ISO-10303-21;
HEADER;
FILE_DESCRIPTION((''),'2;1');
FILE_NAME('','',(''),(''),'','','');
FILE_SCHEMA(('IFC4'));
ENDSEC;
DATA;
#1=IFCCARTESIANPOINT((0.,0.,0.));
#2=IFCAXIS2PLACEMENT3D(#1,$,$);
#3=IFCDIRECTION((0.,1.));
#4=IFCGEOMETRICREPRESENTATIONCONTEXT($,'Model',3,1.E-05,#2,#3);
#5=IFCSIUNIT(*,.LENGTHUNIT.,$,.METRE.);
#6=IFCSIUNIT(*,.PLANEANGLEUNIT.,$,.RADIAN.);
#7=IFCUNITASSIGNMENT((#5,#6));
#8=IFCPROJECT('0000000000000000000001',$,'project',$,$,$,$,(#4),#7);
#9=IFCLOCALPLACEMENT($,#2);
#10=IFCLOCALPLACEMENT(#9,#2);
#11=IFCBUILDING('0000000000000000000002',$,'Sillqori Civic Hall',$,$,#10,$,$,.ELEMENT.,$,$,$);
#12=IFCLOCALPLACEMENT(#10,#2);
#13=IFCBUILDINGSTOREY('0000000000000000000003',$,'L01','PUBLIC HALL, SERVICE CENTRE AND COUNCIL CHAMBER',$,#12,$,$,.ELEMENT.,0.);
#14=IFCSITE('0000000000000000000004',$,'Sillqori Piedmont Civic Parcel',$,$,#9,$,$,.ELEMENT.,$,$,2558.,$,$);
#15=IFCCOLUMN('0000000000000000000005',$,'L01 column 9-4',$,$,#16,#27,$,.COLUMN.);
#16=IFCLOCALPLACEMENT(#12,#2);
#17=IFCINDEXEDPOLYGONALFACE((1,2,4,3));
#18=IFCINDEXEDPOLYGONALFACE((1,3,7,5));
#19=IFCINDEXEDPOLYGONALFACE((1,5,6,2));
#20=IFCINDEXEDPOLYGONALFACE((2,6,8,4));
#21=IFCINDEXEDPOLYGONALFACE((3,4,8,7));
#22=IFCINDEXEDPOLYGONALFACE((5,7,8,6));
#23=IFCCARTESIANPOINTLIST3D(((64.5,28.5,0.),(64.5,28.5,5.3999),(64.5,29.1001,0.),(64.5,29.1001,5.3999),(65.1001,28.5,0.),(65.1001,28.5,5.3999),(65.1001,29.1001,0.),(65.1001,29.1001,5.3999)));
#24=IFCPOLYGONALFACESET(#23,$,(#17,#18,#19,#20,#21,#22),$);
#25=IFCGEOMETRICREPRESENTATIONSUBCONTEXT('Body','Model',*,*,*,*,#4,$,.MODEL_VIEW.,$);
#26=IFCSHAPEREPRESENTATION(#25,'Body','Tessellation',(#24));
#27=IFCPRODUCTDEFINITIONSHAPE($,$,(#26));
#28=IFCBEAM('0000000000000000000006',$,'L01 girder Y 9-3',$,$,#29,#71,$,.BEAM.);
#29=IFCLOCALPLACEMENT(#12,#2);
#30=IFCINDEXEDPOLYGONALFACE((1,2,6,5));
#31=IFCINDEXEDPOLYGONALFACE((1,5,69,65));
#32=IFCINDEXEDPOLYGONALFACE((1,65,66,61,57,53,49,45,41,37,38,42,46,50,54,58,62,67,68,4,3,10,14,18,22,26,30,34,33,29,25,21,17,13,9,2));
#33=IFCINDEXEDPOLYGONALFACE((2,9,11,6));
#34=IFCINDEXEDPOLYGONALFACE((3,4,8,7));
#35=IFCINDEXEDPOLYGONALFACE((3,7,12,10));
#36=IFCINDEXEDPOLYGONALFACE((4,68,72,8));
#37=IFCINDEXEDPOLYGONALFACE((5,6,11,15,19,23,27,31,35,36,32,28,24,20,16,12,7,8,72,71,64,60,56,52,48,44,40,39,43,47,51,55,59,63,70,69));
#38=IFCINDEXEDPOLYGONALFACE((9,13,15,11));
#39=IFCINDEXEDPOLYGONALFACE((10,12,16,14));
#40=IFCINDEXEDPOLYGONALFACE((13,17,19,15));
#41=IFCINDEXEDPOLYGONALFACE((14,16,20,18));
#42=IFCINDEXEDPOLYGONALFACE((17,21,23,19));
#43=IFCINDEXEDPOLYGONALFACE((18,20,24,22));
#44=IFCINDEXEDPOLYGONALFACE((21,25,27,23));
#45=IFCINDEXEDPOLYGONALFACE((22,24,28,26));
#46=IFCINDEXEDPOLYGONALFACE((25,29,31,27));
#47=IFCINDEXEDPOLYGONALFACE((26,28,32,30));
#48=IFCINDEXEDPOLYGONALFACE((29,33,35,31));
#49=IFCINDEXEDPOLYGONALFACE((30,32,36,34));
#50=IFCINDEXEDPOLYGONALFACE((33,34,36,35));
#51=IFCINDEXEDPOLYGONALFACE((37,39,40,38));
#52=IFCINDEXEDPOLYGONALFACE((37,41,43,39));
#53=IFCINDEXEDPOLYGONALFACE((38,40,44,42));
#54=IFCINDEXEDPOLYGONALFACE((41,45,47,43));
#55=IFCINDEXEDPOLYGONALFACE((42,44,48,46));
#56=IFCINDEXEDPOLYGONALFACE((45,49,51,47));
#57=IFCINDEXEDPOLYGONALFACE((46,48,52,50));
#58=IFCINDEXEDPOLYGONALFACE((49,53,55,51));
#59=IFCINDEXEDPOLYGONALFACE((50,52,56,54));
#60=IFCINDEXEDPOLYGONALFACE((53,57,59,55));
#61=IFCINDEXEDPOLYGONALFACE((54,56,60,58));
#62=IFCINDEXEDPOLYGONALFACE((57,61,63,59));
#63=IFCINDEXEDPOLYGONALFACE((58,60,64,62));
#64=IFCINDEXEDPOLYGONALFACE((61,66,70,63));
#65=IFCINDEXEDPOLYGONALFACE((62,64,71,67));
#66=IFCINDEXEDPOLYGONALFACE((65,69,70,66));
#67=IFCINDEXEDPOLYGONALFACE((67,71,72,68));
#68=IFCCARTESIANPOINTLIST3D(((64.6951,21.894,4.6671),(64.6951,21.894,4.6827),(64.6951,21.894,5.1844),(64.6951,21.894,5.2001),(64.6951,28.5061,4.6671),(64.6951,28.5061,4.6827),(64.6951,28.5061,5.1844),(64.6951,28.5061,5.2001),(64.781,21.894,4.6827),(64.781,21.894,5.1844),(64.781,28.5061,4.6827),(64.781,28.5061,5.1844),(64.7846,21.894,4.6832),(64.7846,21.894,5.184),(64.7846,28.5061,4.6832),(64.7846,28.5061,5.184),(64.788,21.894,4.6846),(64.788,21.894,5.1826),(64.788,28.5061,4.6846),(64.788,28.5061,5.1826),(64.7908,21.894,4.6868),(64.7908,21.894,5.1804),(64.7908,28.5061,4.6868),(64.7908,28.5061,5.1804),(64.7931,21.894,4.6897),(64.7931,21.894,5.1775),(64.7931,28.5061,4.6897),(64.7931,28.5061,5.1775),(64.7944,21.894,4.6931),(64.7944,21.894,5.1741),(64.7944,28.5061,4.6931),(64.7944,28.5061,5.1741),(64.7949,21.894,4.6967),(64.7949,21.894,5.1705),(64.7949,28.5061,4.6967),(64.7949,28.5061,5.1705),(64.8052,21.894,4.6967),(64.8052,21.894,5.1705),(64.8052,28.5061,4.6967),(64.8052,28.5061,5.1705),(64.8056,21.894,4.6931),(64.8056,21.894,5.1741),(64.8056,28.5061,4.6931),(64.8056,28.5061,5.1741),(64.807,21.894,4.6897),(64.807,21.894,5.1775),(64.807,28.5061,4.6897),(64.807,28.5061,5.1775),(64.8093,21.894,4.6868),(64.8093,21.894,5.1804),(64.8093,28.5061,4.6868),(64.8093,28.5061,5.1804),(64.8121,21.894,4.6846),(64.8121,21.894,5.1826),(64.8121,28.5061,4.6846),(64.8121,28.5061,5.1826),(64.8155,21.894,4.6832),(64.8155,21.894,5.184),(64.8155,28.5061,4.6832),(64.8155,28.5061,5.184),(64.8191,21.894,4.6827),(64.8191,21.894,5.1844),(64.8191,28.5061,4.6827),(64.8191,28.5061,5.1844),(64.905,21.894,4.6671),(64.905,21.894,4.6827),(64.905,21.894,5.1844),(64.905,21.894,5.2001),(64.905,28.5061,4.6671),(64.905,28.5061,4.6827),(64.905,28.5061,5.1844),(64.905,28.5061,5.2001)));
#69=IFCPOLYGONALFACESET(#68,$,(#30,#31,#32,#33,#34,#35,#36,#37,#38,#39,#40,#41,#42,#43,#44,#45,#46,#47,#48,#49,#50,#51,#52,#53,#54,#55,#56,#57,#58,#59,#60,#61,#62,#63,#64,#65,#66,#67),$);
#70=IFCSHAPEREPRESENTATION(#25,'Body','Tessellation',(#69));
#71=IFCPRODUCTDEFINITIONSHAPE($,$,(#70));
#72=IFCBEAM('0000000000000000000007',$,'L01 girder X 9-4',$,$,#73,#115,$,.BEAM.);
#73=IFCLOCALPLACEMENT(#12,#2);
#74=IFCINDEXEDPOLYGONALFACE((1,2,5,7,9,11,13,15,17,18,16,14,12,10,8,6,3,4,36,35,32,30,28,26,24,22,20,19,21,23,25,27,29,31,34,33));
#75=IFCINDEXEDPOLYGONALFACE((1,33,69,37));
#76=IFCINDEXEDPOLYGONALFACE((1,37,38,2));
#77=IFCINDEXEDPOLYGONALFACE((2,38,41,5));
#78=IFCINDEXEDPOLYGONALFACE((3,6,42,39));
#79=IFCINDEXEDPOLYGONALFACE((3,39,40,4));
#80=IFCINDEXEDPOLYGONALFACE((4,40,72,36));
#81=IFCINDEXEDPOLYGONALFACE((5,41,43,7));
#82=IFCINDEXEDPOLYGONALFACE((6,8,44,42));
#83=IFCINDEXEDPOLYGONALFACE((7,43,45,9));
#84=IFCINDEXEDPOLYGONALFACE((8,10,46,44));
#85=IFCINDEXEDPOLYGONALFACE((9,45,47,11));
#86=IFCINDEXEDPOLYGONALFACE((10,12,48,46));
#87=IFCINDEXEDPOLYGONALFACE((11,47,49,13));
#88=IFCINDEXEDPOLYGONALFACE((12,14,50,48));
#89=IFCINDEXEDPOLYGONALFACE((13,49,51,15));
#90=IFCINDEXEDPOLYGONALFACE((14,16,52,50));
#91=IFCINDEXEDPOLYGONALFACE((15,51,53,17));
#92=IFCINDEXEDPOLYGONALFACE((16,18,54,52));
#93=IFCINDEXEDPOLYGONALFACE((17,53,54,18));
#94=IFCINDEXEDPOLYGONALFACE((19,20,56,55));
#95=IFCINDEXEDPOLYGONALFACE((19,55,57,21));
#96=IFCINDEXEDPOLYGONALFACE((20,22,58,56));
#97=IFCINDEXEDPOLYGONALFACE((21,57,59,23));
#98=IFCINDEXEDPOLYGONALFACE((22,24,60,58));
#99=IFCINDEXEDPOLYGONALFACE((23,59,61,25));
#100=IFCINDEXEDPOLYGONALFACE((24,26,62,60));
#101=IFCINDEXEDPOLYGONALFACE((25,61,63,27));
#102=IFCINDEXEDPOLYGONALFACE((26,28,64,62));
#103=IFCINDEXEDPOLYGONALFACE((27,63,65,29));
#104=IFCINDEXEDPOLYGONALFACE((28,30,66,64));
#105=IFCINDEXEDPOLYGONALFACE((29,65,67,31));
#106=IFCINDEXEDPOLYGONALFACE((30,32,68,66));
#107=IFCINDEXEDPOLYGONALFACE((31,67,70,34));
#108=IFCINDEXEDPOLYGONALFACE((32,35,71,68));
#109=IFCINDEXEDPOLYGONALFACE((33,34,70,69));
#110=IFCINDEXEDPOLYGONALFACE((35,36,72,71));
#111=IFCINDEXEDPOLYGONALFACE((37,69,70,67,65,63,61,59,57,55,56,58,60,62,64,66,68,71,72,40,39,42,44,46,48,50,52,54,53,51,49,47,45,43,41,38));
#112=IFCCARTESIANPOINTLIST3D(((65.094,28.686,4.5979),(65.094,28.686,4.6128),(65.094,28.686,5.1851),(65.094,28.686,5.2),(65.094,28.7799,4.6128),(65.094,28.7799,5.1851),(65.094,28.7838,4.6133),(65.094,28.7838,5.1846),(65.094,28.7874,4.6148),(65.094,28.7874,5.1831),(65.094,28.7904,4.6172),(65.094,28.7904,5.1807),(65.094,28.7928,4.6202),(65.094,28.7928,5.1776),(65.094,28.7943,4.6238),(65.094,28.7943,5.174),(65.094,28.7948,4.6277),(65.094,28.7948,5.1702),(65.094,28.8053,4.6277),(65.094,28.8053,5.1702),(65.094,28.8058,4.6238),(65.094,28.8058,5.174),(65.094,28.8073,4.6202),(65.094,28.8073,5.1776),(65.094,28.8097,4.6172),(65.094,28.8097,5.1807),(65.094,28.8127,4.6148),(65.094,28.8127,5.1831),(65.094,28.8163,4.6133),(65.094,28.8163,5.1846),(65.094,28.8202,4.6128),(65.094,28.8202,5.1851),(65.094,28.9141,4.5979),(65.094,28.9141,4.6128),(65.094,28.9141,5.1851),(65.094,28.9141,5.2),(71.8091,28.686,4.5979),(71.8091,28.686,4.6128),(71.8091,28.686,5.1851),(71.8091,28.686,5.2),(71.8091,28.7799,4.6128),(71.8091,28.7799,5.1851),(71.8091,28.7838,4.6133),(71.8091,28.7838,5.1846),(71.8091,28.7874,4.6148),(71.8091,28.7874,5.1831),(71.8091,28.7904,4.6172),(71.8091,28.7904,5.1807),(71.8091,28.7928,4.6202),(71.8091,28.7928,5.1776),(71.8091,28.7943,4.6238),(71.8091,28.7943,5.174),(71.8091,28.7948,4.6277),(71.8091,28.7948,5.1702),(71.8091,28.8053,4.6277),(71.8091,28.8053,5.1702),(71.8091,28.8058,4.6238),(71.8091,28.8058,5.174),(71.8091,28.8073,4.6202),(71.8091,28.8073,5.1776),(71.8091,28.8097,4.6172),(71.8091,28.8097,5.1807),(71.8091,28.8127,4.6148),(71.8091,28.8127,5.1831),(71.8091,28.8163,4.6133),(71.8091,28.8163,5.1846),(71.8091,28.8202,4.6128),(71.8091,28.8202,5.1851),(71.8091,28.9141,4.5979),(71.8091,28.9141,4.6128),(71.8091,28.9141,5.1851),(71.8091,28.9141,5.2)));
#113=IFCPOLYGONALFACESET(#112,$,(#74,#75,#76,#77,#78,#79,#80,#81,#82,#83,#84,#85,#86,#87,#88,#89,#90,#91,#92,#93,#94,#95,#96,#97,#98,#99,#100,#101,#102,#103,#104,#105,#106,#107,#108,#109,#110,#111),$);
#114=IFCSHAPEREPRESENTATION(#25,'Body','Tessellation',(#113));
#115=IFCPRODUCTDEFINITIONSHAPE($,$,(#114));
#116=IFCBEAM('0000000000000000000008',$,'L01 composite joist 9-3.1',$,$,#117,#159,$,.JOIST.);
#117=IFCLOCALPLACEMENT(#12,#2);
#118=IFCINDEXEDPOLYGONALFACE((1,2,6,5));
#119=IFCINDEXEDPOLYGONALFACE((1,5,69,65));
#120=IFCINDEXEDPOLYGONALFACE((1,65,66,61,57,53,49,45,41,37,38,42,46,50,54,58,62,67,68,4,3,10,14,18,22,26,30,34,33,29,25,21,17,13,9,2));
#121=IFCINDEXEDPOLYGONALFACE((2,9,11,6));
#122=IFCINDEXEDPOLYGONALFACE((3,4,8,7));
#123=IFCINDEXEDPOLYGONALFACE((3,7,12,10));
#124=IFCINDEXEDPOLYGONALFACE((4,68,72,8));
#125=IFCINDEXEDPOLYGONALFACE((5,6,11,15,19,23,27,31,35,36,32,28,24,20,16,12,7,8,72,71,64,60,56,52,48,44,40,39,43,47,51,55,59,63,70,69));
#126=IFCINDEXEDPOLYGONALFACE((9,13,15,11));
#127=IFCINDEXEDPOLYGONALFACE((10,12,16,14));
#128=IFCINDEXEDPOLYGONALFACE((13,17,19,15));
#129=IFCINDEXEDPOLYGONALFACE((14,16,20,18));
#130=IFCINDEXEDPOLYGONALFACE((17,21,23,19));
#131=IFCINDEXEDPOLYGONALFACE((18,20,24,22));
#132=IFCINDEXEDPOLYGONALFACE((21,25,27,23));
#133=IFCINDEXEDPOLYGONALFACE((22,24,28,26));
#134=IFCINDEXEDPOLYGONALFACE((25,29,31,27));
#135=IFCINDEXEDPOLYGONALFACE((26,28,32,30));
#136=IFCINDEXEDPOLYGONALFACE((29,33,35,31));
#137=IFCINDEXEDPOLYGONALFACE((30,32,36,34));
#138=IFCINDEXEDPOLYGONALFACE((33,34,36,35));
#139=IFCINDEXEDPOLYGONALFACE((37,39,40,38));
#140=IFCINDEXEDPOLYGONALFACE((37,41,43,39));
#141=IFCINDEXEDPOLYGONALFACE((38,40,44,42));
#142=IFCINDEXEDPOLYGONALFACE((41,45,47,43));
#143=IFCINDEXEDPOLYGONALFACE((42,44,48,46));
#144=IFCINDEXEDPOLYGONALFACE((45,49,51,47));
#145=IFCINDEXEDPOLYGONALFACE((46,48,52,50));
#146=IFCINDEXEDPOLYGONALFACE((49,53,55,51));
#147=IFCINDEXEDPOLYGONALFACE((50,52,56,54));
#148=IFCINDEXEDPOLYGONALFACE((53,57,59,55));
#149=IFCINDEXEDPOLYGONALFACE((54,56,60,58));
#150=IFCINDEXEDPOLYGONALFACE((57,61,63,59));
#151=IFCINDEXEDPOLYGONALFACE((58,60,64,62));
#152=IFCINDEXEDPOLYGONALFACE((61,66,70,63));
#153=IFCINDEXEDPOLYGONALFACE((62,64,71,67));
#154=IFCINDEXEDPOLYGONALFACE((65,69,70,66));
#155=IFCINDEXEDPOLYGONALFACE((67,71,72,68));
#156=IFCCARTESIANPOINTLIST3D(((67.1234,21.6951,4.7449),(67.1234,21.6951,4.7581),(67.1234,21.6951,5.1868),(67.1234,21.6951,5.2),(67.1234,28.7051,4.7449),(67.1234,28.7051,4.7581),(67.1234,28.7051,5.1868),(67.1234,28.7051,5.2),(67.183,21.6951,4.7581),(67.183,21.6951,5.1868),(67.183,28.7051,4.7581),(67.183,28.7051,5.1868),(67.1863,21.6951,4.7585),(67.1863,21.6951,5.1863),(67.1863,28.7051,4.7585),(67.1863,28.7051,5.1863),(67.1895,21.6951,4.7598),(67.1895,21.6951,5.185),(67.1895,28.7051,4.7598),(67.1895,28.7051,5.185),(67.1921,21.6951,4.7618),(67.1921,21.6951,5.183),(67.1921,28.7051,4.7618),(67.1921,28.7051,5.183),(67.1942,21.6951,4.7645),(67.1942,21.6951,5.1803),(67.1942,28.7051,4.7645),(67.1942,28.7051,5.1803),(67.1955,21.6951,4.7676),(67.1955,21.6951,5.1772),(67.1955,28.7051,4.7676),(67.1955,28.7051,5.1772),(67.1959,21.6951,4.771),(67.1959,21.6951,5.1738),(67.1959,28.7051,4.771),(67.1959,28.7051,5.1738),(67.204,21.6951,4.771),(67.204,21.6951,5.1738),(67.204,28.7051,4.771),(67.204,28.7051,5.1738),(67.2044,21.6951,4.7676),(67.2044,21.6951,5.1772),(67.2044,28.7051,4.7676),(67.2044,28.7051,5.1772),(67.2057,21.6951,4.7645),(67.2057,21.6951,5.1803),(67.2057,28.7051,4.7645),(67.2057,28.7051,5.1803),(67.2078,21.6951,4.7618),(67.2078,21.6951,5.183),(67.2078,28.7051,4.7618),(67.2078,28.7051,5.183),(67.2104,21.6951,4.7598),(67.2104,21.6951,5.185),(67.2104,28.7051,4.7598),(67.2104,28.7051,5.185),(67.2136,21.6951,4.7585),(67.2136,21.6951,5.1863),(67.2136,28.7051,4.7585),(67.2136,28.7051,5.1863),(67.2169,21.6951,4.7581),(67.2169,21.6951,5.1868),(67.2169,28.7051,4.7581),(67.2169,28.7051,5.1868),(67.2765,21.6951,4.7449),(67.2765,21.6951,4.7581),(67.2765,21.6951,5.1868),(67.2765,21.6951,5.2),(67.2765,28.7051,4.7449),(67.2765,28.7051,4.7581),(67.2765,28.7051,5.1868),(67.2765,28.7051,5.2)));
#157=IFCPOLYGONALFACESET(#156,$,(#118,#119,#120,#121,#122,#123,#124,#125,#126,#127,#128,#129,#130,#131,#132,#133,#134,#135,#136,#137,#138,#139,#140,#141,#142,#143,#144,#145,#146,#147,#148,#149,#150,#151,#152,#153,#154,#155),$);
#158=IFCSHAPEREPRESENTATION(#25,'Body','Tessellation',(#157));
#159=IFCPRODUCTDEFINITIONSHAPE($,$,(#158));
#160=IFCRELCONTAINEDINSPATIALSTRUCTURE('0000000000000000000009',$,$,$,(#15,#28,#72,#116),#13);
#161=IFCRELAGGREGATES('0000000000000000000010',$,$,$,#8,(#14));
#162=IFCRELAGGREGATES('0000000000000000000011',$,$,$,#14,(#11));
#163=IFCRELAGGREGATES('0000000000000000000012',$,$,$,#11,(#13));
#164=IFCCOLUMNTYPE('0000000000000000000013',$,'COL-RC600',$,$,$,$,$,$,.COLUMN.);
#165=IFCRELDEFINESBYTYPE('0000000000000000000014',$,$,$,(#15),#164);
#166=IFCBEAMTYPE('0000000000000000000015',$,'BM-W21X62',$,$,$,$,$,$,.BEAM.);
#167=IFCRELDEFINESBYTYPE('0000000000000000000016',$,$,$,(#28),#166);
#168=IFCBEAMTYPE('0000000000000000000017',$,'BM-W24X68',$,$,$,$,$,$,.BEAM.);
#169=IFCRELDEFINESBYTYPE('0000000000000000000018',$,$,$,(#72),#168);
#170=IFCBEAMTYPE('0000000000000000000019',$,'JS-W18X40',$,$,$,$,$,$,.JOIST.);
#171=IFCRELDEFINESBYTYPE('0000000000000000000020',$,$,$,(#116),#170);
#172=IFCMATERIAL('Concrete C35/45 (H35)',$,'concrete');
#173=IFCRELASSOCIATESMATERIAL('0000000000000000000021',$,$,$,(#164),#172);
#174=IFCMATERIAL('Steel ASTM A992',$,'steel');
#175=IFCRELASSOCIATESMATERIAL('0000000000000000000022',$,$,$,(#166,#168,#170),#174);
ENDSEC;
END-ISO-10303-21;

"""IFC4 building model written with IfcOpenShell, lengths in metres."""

from ifc_helpers import new_model, si_unit, direction, frame, origin, origin_2d, place, context, subcontext, project, spatial, rectangle, i_section, extrude, material, material_profile, profile_set, type_object, element, save


model = new_model("IFC4")

# Units and contexts
model_context = context("Model", 3, precision=1e-05, world=origin(), true_north=direction((0.0, 1.0)))
body_context = subcontext(model_context, "Body", "Model", "MODEL_VIEW")
ifc_project = project(units=[si_unit("LENGTHUNIT", "METRE"), si_unit("PLANEANGLEUNIT", "RADIAN")], contexts=[model_context])

# Site, building, storey
site_placement = place(None, origin())
site = spatial("IfcSite", under=ifc_project, at=site_placement, Name="Sillqori Piedmont Civic Parcel", CompositionType="ELEMENT", RefElevation=2558.0)
building_placement = place(site_placement, origin())
building = spatial("IfcBuilding", under=site, at=building_placement, Name="Sillqori Civic Hall", CompositionType="ELEMENT")
storey_placement = place(building_placement, origin())
storey = spatial("IfcBuildingStorey", under=building, at=storey_placement, Name="L01", Description="PUBLIC HALL, SERVICE CENTRE AND COUNCIL CHAMBER", CompositionType="ELEMENT", Elevation=0.0)

# Column
ifc_material_1 = material(Name="Concrete C35/45 (H35)", Category="concrete")
ifc_material_profile_1 = material_profile(ifc_material_1, rectangle(XDim=0.6001, YDim=0.6001, at=origin_2d()), Name="RC 600x600")
ifc_profile_set_1 = profile_set([ifc_material_profile_1], Name="Concrete C35/45 (H35)")
column_type = type_object("IfcColumnType", Name="COL-RC600", PredefinedType="COLUMN", material=ifc_profile_set_1)
column_placement = place(storey_placement, frame((64.8, 28.8, 0.0), z_axis=(0.0, 0.0, 1.0), x_axis=(1.0, 0.0, 0.0)))
element("IfcColumn", 1, at=column_placement, inside=storey, type_object=column_type, Name="L01 column 9-4", PredefinedType="COLUMN", context=body_context, shape_type="SweptSolid", body=[
    extrude(rectangle(XDim=0.6001, YDim=0.6001, at=origin_2d()), origin(), (0.0, 0.0, 1.0), 5.3999),
])

# Beams
ifc_material_2 = material(Name="Steel ASTM A992", Category="steel")
ifc_material_profile_2 = material_profile(ifc_material_2, i_section(OverallWidth=0.21, OverallDepth=0.533, WebThickness=0.0103, FlangeThickness=0.0156, FilletRadius=0.0139, at=origin_2d()), Name="W21X62")
ifc_profile_set_2 = profile_set([ifc_material_profile_2], Name="Steel ASTM A992")
beam_type_1 = type_object("IfcBeamType", Name="BM-W21X62", PredefinedType="BEAM", material=ifc_profile_set_2)
beam_1_placement = place(storey_placement, frame((64.8, 21.894, 4.9336), z_axis=(0.0, 1.0, 0.0), x_axis=(-1.0, 0.0, 0.0)))
element("IfcBeam", 2, at=beam_1_placement, inside=storey, type_object=beam_type_1, Name="L01 girder Y 9-3", PredefinedType="BEAM", context=body_context, shape_type="SweptSolid", body=[
    extrude(i_section(OverallWidth=0.21, OverallDepth=0.533, WebThickness=0.0103, FlangeThickness=0.0156, FilletRadius=0.0139, at=origin_2d()), origin(), (0.0, 0.0, 1.0), 6.6121),
])
ifc_material_profile_3 = material_profile(ifc_material_2, i_section(OverallWidth=0.228, OverallDepth=0.6021, WebThickness=0.0105, FlangeThickness=0.0149, FilletRadius=0.0149, at=origin_2d()), Name="W24X68")
ifc_profile_set_3 = profile_set([ifc_material_profile_3], Name="Steel ASTM A992")
beam_type_2 = type_object("IfcBeamType", Name="BM-W24X68", PredefinedType="BEAM", material=ifc_profile_set_3)
beam_2_placement = place(storey_placement, frame((65.094, 28.8, 4.8989), z_axis=(1.0, 0.0, 0.0), x_axis=(0.0, 1.0, 0.0)))
element("IfcBeam", 3, at=beam_2_placement, inside=storey, type_object=beam_type_2, Name="L01 girder X 9-4", PredefinedType="BEAM", context=body_context, shape_type="SweptSolid", body=[
    extrude(i_section(OverallWidth=0.228, OverallDepth=0.6021, WebThickness=0.0105, FlangeThickness=0.0149, FilletRadius=0.0149, at=origin_2d()), origin(), (0.0, 0.0, 1.0), 6.7151),
])

# Beam
ifc_material_profile_4 = material_profile(ifc_material_2, i_section(OverallWidth=0.1531, OverallDepth=0.4551, WebThickness=0.0081, FlangeThickness=0.0132, FilletRadius=0.0129, at=origin_2d()), Name="W18X40")
ifc_profile_set_4 = profile_set([ifc_material_profile_4], Name="Steel ASTM A992")
beam_type_3 = type_object("IfcBeamType", Name="JS-W18X40", PredefinedType="JOIST", material=ifc_profile_set_4)
for number, where, z_axis, x_axis, name in (
    (4, (67.2, 21.6951, 4.9724), (0.0, 1.0, 0.0), (-1.0, 0.0, 0.0), "L01 composite joist 9-3.1"),
):
    element("IfcBeam", number, at=place(storey_placement, frame(where, z_axis=z_axis, x_axis=x_axis)), inside=storey, type_object=beam_type_3, Name=name, PredefinedType="JOIST", context=body_context, shape_type="SweptSolid", body=[
        extrude(i_section(OverallWidth=0.1531, OverallDepth=0.4551, WebThickness=0.0081, FlangeThickness=0.0132, FilletRadius=0.0129, at=origin_2d()), origin(), (0.0, 0.0, 1.0), 7.01),
    ])

save(model, "model.ifc")
